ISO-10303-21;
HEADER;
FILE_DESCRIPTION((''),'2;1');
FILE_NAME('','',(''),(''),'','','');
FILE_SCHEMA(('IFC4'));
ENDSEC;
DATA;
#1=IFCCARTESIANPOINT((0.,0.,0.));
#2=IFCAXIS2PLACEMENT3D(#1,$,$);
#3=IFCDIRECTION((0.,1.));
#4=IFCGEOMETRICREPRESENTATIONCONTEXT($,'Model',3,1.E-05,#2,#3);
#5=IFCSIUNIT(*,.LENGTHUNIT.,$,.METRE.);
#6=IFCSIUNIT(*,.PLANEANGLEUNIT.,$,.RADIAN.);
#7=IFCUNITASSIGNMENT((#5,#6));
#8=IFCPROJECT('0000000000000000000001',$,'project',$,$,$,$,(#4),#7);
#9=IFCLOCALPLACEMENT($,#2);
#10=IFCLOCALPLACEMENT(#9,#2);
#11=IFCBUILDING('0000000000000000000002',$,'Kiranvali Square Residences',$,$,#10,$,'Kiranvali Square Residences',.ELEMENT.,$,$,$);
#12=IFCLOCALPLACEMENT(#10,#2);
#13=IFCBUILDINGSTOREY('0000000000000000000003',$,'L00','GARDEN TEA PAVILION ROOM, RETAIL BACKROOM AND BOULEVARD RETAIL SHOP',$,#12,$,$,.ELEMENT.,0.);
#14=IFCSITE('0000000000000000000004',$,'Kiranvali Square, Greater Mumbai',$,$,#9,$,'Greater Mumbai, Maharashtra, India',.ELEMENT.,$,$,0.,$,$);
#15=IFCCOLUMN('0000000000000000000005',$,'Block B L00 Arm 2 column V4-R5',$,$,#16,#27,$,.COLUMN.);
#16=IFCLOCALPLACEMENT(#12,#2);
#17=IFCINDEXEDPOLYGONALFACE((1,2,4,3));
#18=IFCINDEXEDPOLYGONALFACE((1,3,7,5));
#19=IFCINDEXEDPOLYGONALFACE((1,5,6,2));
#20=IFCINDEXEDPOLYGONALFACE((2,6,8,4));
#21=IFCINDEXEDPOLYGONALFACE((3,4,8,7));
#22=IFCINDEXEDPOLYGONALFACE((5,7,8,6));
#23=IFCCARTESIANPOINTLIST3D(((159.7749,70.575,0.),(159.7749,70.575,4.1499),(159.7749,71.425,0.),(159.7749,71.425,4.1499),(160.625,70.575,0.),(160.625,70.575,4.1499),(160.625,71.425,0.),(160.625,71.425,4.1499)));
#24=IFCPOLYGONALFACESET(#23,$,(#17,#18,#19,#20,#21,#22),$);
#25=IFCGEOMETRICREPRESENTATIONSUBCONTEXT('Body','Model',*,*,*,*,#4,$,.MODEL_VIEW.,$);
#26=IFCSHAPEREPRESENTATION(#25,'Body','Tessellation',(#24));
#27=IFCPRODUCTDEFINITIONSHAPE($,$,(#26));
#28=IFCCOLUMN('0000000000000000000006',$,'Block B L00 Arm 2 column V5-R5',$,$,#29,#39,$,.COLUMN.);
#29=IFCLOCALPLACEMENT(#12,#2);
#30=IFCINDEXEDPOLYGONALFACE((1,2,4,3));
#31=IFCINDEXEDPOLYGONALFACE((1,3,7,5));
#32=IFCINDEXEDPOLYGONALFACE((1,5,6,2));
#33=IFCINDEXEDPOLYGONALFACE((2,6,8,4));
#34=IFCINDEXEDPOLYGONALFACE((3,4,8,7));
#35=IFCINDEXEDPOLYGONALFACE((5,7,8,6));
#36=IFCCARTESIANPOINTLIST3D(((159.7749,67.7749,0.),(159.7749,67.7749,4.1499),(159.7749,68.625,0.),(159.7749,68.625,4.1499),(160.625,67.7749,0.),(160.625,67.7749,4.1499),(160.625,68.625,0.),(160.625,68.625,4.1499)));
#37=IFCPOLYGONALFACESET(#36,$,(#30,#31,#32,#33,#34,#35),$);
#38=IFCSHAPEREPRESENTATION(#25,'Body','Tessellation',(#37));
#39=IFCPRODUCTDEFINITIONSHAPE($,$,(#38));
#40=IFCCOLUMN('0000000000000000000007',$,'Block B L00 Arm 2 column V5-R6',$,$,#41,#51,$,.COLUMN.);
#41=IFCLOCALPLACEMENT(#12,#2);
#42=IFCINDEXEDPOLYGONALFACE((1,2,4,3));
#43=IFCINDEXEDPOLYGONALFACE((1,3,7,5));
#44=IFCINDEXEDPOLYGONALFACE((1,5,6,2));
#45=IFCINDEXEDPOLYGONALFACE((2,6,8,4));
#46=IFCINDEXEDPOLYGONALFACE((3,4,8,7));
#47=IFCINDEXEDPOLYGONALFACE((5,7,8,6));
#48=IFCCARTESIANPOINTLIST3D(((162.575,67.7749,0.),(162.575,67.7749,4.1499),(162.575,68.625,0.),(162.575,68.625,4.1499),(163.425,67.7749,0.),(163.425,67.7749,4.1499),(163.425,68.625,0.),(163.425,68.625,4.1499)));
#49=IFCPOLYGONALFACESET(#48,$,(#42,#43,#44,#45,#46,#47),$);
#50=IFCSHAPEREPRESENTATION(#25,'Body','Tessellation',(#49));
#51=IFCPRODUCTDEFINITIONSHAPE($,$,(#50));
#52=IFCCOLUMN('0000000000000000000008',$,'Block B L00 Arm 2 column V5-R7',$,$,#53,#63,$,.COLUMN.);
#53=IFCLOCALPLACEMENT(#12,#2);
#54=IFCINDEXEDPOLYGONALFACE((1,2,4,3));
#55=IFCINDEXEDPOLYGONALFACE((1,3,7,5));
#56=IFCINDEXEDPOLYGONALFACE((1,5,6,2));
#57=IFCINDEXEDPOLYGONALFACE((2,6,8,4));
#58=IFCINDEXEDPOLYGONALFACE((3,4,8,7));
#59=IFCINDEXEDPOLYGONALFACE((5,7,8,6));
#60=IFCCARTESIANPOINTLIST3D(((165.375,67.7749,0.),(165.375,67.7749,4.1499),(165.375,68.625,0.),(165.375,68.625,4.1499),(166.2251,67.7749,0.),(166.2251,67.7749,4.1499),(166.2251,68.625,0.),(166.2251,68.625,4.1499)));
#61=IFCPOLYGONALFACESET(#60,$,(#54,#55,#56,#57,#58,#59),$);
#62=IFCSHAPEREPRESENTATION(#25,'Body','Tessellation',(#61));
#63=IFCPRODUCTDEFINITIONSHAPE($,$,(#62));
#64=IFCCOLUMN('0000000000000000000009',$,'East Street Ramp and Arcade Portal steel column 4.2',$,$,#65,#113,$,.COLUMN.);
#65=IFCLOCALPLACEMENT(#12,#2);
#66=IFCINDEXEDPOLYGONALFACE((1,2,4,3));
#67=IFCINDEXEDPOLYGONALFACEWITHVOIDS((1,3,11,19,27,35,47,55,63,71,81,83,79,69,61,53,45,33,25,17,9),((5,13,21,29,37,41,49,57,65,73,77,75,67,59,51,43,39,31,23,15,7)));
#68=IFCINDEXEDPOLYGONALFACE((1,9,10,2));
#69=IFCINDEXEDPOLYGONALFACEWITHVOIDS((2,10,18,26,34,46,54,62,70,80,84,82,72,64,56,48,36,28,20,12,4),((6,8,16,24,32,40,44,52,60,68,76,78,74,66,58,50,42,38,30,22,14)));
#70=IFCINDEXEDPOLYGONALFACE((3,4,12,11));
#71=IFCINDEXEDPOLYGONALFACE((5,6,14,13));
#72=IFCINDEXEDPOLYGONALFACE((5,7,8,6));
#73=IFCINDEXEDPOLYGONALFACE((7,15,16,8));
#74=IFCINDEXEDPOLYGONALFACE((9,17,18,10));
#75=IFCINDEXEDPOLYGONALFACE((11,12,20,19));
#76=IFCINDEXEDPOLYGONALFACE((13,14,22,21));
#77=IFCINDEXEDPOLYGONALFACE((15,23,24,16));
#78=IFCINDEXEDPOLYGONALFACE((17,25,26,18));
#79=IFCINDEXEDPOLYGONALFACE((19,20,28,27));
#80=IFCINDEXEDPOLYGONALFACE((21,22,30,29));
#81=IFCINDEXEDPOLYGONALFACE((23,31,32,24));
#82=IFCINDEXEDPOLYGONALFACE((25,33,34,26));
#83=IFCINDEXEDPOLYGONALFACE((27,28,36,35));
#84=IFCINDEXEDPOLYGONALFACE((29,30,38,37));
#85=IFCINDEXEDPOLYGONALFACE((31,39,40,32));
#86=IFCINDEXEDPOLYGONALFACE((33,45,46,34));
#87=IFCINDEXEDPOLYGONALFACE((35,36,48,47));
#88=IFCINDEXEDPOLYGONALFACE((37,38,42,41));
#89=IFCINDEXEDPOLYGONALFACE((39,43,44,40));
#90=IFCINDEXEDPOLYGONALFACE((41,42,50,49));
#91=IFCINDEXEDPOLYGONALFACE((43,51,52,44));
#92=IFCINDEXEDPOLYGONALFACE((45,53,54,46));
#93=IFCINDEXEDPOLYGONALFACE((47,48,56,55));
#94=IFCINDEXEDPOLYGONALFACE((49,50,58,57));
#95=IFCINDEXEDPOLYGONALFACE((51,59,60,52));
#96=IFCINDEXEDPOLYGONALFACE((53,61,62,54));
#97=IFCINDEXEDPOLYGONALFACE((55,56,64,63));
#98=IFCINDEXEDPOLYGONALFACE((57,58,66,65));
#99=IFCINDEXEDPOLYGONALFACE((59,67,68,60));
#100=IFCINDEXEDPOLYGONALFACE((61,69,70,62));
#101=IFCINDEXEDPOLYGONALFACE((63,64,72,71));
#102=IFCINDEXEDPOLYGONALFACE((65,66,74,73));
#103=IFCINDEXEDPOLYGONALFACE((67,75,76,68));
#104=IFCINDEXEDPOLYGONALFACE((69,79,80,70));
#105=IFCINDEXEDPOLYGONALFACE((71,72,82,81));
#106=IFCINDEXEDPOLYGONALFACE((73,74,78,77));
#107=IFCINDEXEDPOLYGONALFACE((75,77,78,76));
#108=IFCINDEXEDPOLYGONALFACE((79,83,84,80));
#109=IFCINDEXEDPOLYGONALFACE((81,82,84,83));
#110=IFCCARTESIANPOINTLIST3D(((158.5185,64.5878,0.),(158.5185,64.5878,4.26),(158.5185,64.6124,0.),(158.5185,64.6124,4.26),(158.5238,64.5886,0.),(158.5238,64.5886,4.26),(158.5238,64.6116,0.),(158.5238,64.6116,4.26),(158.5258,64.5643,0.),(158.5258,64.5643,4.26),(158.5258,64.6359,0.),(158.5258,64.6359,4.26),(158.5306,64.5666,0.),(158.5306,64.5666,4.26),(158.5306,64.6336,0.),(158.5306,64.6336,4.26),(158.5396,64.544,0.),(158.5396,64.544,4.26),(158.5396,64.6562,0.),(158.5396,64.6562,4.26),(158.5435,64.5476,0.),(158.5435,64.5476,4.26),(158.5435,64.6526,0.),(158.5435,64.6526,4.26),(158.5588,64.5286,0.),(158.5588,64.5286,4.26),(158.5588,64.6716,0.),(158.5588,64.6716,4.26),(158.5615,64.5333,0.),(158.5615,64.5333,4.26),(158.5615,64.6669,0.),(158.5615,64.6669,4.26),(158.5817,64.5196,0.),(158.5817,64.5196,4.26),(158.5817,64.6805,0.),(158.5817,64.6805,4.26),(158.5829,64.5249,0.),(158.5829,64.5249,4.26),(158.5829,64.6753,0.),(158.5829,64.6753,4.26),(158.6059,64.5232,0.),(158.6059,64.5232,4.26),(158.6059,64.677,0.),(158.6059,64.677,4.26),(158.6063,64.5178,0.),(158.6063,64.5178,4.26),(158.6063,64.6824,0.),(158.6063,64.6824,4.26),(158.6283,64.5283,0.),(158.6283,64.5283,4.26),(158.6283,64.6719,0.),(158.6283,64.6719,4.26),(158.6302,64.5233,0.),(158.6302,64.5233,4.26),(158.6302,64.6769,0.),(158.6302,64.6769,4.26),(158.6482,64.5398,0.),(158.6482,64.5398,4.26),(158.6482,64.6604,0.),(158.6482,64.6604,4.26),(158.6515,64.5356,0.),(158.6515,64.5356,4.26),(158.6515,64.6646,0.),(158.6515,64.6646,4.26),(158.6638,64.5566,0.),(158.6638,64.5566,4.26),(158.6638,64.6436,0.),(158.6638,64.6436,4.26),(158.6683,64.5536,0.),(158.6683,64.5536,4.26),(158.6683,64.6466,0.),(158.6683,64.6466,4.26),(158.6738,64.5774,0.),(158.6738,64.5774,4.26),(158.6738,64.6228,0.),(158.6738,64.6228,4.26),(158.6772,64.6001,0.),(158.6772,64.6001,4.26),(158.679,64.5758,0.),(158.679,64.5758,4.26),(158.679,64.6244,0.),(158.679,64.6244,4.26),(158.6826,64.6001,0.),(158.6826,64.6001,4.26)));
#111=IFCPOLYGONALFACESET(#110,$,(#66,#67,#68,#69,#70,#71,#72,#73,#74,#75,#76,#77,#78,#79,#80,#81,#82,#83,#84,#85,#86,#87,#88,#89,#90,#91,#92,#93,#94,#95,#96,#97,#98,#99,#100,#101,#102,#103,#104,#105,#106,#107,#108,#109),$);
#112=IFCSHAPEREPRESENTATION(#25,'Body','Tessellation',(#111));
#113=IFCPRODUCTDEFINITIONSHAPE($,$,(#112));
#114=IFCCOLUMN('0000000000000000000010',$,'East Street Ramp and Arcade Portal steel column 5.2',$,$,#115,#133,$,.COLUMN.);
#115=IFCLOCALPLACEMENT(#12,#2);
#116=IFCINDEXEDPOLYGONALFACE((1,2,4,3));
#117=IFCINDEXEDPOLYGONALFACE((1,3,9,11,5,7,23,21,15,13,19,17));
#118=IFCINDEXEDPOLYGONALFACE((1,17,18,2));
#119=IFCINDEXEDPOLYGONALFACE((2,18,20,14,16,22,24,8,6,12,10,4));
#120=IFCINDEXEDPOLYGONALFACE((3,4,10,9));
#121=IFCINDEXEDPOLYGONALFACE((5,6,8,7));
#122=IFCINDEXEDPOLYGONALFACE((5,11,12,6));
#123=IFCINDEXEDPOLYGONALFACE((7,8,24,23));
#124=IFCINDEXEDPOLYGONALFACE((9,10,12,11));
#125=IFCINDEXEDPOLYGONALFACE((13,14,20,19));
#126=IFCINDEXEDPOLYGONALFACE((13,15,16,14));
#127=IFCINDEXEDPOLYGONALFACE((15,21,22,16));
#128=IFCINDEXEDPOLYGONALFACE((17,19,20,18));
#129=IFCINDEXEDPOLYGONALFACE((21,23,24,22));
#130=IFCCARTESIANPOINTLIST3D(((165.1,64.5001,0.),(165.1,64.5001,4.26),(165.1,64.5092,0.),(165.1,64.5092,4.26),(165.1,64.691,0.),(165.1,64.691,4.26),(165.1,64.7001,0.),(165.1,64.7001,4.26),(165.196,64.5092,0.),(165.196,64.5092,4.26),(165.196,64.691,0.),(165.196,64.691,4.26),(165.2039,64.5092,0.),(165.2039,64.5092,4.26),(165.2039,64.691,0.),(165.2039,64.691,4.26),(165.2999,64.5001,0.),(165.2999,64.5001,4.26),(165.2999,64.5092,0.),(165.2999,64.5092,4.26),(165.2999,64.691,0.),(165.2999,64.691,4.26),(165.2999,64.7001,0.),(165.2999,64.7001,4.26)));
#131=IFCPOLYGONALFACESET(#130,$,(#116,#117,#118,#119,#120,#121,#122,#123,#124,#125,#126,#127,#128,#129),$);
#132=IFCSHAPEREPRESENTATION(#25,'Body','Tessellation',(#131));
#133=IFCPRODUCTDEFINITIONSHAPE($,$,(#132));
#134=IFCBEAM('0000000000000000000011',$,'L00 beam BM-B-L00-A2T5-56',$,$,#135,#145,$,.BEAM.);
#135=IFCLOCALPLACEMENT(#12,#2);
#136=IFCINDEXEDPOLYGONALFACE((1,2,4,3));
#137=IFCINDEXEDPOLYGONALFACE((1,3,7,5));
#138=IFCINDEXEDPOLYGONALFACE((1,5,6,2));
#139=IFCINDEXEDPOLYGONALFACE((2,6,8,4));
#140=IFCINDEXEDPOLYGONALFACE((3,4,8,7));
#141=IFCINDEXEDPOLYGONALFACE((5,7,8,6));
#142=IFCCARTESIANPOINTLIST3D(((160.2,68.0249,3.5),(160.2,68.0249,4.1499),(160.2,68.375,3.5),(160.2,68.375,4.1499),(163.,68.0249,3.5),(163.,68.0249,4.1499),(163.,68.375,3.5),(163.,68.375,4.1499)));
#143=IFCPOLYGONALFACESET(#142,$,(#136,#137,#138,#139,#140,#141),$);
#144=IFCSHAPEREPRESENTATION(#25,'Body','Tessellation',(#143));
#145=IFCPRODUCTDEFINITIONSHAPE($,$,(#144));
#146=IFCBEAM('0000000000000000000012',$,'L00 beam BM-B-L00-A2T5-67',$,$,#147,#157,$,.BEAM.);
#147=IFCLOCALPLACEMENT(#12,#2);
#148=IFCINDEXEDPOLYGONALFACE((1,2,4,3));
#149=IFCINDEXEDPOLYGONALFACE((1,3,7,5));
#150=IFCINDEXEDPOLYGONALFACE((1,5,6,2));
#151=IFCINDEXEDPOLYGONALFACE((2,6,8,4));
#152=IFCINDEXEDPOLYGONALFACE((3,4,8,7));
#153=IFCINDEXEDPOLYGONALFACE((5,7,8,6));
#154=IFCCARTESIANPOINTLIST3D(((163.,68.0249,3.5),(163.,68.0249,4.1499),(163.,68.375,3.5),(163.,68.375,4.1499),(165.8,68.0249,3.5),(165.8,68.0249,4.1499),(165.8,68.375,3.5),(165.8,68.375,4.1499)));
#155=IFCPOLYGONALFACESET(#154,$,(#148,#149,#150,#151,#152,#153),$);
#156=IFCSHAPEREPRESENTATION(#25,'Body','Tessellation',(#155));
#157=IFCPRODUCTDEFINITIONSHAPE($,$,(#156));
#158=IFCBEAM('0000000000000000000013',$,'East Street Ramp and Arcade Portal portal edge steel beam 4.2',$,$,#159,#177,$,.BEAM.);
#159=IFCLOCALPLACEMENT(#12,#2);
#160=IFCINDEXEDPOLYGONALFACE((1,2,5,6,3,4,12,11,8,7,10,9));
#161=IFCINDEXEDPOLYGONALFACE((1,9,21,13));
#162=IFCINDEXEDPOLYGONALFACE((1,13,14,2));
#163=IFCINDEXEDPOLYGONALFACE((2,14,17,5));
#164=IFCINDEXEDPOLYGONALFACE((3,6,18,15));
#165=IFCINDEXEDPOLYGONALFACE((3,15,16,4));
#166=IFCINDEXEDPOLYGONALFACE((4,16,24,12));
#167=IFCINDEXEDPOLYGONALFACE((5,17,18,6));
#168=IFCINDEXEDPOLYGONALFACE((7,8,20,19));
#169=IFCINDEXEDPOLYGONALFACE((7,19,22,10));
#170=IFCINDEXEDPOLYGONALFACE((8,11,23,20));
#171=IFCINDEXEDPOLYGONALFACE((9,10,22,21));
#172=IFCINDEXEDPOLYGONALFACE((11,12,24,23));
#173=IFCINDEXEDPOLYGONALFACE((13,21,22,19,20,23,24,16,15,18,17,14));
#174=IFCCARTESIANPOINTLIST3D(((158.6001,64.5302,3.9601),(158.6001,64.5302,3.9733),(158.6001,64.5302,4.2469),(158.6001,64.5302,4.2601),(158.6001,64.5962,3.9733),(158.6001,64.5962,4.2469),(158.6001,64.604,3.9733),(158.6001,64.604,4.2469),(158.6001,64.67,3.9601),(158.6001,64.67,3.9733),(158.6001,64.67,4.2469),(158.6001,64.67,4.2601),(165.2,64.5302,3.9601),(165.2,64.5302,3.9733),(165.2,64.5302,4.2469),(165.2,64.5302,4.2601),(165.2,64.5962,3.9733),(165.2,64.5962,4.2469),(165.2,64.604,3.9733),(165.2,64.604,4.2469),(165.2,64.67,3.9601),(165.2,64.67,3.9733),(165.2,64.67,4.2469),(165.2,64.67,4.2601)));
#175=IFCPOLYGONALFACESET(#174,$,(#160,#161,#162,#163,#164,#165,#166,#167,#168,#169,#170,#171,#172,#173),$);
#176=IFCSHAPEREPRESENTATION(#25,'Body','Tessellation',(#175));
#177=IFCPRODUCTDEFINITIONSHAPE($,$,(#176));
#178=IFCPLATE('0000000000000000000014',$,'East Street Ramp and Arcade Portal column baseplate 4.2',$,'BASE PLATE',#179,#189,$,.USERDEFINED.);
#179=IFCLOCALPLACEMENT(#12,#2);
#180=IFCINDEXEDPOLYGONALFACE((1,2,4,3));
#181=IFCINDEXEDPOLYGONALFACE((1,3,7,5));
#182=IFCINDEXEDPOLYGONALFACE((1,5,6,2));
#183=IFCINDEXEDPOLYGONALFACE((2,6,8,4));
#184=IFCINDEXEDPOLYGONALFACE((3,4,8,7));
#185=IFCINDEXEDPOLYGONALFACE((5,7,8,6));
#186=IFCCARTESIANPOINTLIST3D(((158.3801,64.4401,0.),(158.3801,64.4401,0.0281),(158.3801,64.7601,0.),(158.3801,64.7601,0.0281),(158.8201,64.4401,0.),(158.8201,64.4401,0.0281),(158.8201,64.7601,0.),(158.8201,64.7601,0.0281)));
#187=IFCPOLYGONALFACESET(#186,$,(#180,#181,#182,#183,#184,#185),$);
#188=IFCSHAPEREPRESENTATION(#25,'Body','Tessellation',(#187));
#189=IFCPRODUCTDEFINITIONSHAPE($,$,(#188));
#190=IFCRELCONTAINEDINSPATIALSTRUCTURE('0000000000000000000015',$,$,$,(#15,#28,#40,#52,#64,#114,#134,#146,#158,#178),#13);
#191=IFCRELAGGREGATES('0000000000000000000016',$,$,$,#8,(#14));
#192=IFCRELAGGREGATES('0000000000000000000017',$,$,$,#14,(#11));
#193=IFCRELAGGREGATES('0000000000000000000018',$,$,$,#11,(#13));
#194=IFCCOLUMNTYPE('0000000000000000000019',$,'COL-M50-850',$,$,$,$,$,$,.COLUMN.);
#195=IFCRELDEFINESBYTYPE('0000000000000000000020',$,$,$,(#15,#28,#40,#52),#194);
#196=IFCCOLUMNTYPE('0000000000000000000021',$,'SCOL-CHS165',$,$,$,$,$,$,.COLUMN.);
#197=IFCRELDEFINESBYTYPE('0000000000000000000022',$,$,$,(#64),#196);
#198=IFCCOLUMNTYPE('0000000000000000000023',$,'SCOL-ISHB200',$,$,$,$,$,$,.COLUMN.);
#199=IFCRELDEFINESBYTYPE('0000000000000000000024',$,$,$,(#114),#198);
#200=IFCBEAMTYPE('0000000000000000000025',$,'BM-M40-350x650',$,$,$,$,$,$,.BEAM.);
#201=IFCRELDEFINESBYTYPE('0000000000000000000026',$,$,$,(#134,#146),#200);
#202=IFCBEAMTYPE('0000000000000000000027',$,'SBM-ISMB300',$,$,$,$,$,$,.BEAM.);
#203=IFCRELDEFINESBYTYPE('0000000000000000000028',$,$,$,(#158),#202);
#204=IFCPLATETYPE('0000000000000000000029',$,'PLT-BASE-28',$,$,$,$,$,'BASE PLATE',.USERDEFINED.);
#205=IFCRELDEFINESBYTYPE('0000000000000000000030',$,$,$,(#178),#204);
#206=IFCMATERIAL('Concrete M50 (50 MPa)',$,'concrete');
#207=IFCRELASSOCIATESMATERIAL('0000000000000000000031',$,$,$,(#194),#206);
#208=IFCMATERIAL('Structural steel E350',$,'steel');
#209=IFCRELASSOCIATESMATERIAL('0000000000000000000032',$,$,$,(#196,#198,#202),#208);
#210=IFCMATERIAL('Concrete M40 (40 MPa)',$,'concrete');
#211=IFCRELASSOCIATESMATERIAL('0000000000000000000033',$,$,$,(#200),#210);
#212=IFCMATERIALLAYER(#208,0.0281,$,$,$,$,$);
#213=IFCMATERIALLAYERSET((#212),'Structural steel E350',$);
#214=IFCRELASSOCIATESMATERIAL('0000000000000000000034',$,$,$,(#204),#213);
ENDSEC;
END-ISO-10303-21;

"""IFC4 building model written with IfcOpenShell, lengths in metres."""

from ifc_helpers import new_model, si_unit, direction, frame, origin, origin_2d, place, context, subcontext, project, spatial, rectangle, hollow_circle, i_section, extrude, material, layer, layer_set, material_profile, profile_set, type_object, element, save


model = new_model("IFC4")

# Units and contexts
model_context = context("Model", 3, precision=1e-05, world=origin(), true_north=direction((0.0, 1.0)))
body_context = subcontext(model_context, "Body", "Model", "MODEL_VIEW")
ifc_project = project(units=[si_unit("LENGTHUNIT", "METRE"), si_unit("PLANEANGLEUNIT", "RADIAN")], contexts=[model_context])

# Site, building, storey
site_placement = place(None, origin())
site = spatial("IfcSite", under=ifc_project, at=site_placement, Name="Kiranvali Square, Greater Mumbai", LongName="Greater Mumbai, Maharashtra, India", CompositionType="ELEMENT", RefElevation=0.0)
building_placement = place(site_placement, origin())
building = spatial("IfcBuilding", under=site, at=building_placement, Name="Kiranvali Square Residences", LongName="Kiranvali Square Residences", CompositionType="ELEMENT")
storey_placement = place(building_placement, origin())
storey = spatial("IfcBuildingStorey", under=building, at=storey_placement, Name="L00", Description="GARDEN TEA PAVILION ROOM, RETAIL BACKROOM AND BOULEVARD RETAIL SHOP", CompositionType="ELEMENT", Elevation=0.0)

# Columns
ifc_material_1 = material(Name="Concrete M50 (50 MPa)", Category="concrete")
ifc_material_profile_1 = material_profile(ifc_material_1, rectangle(XDim=0.8501, YDim=0.8501, at=origin_2d()), Name="RC 850x850")
ifc_profile_set_1 = profile_set([ifc_material_profile_1], Name="Concrete M50 (50 MPa)")
column_type_1 = type_object("IfcColumnType", Name="COL-M50-850", PredefinedType="COLUMN", material=ifc_profile_set_1)
for number, where, z_axis, x_axis, name in (
    (1, (160.2, 71.0, 0.0), (0.0, 0.0, 1.0), (1.0, 0.0, 0.0), "Block B L00 Arm 2 column V4-R5"),
    (2, (160.2, 68.2, 0.0), (0.0, 0.0, 1.0), (1.0, 0.0, 0.0), "Block B L00 Arm 2 column V5-R5"),
    (3, (163.0, 68.2, 0.0), (0.0, 0.0, 1.0), (1.0, 0.0, 0.0), "Block B L00 Arm 2 column V5-R6"),
    (4, (165.8, 68.2, 0.0), (0.0, 0.0, 1.0), (1.0, 0.0, 0.0), "Block B L00 Arm 2 column V5-R7"),
):
    element("IfcColumn", number, at=place(storey_placement, frame(where, z_axis=z_axis, x_axis=x_axis)), inside=storey, type_object=column_type_1, Name=name, PredefinedType="COLUMN", context=body_context, shape_type="SweptSolid", body=[
        extrude(rectangle(XDim=0.8501, YDim=0.8501, at=origin_2d()), origin(), (0.0, 0.0, 1.0), 4.1499),
    ])
ifc_material_2 = material(Name="Structural steel E350", Category="steel")
ifc_material_profile_2 = material_profile(ifc_material_2, hollow_circle(Radius=0.0825, WallThickness=0.0054, at=origin_2d()), Name="CHS 165.1x5.4")
ifc_profile_set_2 = profile_set([ifc_material_profile_2], Name="Structural steel E350")
column_type_2 = type_object("IfcColumnType", Name="SCOL-CHS165", PredefinedType="COLUMN", material=ifc_profile_set_2)
column_1_placement = place(storey_placement, frame((158.6001, 64.6001, 0.0), z_axis=(0.0, 0.0, 1.0), x_axis=(1.0, 0.0, 0.0)))
element("IfcColumn", 5, at=column_1_placement, inside=storey, type_object=column_type_2, Name="East Street Ramp and Arcade Portal steel column 4.2", PredefinedType="COLUMN", context=body_context, shape_type="SweptSolid", body=[
    extrude(hollow_circle(Radius=0.0825, WallThickness=0.0054, at=origin_2d()), origin(), (0.0, 0.0, 1.0), 4.26),
])
ifc_material_profile_3 = material_profile(ifc_material_2, i_section(OverallWidth=0.2, OverallDepth=0.2, WebThickness=0.0078, FlangeThickness=0.009, at=origin_2d()), Name="ISHB 200")
ifc_profile_set_3 = profile_set([ifc_material_profile_3], Name="Structural steel E350")
column_type_3 = type_object("IfcColumnType", Name="SCOL-ISHB200", PredefinedType="COLUMN", material=ifc_profile_set_3)
column_2_placement = place(storey_placement, frame((165.2, 64.6001, 0.0), z_axis=(0.0, 0.0, 1.0), x_axis=(1.0, 0.0, 0.0)))
element("IfcColumn", 6, at=column_2_placement, inside=storey, type_object=column_type_3, Name="East Street Ramp and Arcade Portal steel column 5.2", PredefinedType="COLUMN", context=body_context, shape_type="SweptSolid", body=[
    extrude(i_section(OverallWidth=0.2, OverallDepth=0.2, WebThickness=0.0078, FlangeThickness=0.009, at=origin_2d()), origin(), (0.0, 0.0, 1.0), 4.26),
])

# Beams
ifc_material_3 = material(Name="Concrete M40 (40 MPa)", Category="concrete")
ifc_material_profile_4 = material_profile(ifc_material_3, rectangle(XDim=0.3501, YDim=0.6499, at=origin_2d()), Name="RC 350x650")
ifc_profile_set_4 = profile_set([ifc_material_profile_4], Name="Concrete M40 (40 MPa)")
beam_type_1 = type_object("IfcBeamType", Name="BM-M40-350x650", PredefinedType="BEAM", material=ifc_profile_set_4)
for number, where, z_axis, x_axis, name in (
    (7, (160.2, 68.2, 3.825), (1.0, 0.0, 0.0), (0.0, 1.0, 0.0), "L00 beam BM-B-L00-A2T5-56"),
    (8, (163.0, 68.2, 3.825), (1.0, 0.0, 0.0), (0.0, 1.0, 0.0), "L00 beam BM-B-L00-A2T5-67"),
):
    element("IfcBeam", number, at=place(storey_placement, frame(where, z_axis=z_axis, x_axis=x_axis)), inside=storey, type_object=beam_type_1, Name=name, PredefinedType="BEAM", context=body_context, shape_type="SweptSolid", body=[
        extrude(rectangle(XDim=0.3501, YDim=0.6499, at=origin_2d()), origin(), (0.0, 0.0, 1.0), 2.8),
    ])
ifc_material_profile_5 = material_profile(ifc_material_2, i_section(OverallWidth=0.1399, OverallDepth=0.3, WebThickness=0.0078, FlangeThickness=0.0132, at=origin_2d()), Name="ISMB 300")
ifc_profile_set_5 = profile_set([ifc_material_profile_5], Name="Structural steel E350")
beam_type_2 = type_object("IfcBeamType", Name="SBM-ISMB300", PredefinedType="BEAM", material=ifc_profile_set_5)
beam_placement = place(storey_placement, frame((158.6001, 64.6001, 4.1101), z_axis=(1.0, 0.0, 0.0), x_axis=(0.0, 1.0, 0.0)))
element("IfcBeam", 9, at=beam_placement, inside=storey, type_object=beam_type_2, Name="East Street Ramp and Arcade Portal portal edge steel beam 4.2", PredefinedType="BEAM", context=body_context, shape_type="SweptSolid", body=[
    extrude(i_section(OverallWidth=0.1399, OverallDepth=0.3, WebThickness=0.0078, FlangeThickness=0.0132, at=origin_2d()), origin(), (0.0, 0.0, 1.0), 6.5999),
])

# Plate
ifc_layer_1 = layer(ifc_material_2, 0.0281)
ifc_layer_set_1 = layer_set([ifc_layer_1], Name="Structural steel E350")
plate_type = type_object("IfcPlateType", Name="PLT-BASE-28", ElementType="BASE PLATE", PredefinedType="USERDEFINED", material=ifc_layer_set_1)
for number, where, z_axis, x_axis, name in (
    (10, (158.6001, 64.6001, 0.0), (0.0, 0.0, 1.0), (1.0, 0.0, 0.0), "East Street Ramp and Arcade Portal column baseplate 4.2"),
):
    element("IfcPlate", number, at=place(storey_placement, frame(where, z_axis=z_axis, x_axis=x_axis)), inside=storey, type_object=plate_type, Name=name, ObjectType="BASE PLATE", PredefinedType="USERDEFINED", context=body_context, shape_type="SweptSolid", body=[
        extrude(rectangle(XDim=0.4399, YDim=0.3201, at=origin_2d()), origin(), (0.0, 0.0, 1.0), 0.0281),
    ])

save(model, "model.ifc")
